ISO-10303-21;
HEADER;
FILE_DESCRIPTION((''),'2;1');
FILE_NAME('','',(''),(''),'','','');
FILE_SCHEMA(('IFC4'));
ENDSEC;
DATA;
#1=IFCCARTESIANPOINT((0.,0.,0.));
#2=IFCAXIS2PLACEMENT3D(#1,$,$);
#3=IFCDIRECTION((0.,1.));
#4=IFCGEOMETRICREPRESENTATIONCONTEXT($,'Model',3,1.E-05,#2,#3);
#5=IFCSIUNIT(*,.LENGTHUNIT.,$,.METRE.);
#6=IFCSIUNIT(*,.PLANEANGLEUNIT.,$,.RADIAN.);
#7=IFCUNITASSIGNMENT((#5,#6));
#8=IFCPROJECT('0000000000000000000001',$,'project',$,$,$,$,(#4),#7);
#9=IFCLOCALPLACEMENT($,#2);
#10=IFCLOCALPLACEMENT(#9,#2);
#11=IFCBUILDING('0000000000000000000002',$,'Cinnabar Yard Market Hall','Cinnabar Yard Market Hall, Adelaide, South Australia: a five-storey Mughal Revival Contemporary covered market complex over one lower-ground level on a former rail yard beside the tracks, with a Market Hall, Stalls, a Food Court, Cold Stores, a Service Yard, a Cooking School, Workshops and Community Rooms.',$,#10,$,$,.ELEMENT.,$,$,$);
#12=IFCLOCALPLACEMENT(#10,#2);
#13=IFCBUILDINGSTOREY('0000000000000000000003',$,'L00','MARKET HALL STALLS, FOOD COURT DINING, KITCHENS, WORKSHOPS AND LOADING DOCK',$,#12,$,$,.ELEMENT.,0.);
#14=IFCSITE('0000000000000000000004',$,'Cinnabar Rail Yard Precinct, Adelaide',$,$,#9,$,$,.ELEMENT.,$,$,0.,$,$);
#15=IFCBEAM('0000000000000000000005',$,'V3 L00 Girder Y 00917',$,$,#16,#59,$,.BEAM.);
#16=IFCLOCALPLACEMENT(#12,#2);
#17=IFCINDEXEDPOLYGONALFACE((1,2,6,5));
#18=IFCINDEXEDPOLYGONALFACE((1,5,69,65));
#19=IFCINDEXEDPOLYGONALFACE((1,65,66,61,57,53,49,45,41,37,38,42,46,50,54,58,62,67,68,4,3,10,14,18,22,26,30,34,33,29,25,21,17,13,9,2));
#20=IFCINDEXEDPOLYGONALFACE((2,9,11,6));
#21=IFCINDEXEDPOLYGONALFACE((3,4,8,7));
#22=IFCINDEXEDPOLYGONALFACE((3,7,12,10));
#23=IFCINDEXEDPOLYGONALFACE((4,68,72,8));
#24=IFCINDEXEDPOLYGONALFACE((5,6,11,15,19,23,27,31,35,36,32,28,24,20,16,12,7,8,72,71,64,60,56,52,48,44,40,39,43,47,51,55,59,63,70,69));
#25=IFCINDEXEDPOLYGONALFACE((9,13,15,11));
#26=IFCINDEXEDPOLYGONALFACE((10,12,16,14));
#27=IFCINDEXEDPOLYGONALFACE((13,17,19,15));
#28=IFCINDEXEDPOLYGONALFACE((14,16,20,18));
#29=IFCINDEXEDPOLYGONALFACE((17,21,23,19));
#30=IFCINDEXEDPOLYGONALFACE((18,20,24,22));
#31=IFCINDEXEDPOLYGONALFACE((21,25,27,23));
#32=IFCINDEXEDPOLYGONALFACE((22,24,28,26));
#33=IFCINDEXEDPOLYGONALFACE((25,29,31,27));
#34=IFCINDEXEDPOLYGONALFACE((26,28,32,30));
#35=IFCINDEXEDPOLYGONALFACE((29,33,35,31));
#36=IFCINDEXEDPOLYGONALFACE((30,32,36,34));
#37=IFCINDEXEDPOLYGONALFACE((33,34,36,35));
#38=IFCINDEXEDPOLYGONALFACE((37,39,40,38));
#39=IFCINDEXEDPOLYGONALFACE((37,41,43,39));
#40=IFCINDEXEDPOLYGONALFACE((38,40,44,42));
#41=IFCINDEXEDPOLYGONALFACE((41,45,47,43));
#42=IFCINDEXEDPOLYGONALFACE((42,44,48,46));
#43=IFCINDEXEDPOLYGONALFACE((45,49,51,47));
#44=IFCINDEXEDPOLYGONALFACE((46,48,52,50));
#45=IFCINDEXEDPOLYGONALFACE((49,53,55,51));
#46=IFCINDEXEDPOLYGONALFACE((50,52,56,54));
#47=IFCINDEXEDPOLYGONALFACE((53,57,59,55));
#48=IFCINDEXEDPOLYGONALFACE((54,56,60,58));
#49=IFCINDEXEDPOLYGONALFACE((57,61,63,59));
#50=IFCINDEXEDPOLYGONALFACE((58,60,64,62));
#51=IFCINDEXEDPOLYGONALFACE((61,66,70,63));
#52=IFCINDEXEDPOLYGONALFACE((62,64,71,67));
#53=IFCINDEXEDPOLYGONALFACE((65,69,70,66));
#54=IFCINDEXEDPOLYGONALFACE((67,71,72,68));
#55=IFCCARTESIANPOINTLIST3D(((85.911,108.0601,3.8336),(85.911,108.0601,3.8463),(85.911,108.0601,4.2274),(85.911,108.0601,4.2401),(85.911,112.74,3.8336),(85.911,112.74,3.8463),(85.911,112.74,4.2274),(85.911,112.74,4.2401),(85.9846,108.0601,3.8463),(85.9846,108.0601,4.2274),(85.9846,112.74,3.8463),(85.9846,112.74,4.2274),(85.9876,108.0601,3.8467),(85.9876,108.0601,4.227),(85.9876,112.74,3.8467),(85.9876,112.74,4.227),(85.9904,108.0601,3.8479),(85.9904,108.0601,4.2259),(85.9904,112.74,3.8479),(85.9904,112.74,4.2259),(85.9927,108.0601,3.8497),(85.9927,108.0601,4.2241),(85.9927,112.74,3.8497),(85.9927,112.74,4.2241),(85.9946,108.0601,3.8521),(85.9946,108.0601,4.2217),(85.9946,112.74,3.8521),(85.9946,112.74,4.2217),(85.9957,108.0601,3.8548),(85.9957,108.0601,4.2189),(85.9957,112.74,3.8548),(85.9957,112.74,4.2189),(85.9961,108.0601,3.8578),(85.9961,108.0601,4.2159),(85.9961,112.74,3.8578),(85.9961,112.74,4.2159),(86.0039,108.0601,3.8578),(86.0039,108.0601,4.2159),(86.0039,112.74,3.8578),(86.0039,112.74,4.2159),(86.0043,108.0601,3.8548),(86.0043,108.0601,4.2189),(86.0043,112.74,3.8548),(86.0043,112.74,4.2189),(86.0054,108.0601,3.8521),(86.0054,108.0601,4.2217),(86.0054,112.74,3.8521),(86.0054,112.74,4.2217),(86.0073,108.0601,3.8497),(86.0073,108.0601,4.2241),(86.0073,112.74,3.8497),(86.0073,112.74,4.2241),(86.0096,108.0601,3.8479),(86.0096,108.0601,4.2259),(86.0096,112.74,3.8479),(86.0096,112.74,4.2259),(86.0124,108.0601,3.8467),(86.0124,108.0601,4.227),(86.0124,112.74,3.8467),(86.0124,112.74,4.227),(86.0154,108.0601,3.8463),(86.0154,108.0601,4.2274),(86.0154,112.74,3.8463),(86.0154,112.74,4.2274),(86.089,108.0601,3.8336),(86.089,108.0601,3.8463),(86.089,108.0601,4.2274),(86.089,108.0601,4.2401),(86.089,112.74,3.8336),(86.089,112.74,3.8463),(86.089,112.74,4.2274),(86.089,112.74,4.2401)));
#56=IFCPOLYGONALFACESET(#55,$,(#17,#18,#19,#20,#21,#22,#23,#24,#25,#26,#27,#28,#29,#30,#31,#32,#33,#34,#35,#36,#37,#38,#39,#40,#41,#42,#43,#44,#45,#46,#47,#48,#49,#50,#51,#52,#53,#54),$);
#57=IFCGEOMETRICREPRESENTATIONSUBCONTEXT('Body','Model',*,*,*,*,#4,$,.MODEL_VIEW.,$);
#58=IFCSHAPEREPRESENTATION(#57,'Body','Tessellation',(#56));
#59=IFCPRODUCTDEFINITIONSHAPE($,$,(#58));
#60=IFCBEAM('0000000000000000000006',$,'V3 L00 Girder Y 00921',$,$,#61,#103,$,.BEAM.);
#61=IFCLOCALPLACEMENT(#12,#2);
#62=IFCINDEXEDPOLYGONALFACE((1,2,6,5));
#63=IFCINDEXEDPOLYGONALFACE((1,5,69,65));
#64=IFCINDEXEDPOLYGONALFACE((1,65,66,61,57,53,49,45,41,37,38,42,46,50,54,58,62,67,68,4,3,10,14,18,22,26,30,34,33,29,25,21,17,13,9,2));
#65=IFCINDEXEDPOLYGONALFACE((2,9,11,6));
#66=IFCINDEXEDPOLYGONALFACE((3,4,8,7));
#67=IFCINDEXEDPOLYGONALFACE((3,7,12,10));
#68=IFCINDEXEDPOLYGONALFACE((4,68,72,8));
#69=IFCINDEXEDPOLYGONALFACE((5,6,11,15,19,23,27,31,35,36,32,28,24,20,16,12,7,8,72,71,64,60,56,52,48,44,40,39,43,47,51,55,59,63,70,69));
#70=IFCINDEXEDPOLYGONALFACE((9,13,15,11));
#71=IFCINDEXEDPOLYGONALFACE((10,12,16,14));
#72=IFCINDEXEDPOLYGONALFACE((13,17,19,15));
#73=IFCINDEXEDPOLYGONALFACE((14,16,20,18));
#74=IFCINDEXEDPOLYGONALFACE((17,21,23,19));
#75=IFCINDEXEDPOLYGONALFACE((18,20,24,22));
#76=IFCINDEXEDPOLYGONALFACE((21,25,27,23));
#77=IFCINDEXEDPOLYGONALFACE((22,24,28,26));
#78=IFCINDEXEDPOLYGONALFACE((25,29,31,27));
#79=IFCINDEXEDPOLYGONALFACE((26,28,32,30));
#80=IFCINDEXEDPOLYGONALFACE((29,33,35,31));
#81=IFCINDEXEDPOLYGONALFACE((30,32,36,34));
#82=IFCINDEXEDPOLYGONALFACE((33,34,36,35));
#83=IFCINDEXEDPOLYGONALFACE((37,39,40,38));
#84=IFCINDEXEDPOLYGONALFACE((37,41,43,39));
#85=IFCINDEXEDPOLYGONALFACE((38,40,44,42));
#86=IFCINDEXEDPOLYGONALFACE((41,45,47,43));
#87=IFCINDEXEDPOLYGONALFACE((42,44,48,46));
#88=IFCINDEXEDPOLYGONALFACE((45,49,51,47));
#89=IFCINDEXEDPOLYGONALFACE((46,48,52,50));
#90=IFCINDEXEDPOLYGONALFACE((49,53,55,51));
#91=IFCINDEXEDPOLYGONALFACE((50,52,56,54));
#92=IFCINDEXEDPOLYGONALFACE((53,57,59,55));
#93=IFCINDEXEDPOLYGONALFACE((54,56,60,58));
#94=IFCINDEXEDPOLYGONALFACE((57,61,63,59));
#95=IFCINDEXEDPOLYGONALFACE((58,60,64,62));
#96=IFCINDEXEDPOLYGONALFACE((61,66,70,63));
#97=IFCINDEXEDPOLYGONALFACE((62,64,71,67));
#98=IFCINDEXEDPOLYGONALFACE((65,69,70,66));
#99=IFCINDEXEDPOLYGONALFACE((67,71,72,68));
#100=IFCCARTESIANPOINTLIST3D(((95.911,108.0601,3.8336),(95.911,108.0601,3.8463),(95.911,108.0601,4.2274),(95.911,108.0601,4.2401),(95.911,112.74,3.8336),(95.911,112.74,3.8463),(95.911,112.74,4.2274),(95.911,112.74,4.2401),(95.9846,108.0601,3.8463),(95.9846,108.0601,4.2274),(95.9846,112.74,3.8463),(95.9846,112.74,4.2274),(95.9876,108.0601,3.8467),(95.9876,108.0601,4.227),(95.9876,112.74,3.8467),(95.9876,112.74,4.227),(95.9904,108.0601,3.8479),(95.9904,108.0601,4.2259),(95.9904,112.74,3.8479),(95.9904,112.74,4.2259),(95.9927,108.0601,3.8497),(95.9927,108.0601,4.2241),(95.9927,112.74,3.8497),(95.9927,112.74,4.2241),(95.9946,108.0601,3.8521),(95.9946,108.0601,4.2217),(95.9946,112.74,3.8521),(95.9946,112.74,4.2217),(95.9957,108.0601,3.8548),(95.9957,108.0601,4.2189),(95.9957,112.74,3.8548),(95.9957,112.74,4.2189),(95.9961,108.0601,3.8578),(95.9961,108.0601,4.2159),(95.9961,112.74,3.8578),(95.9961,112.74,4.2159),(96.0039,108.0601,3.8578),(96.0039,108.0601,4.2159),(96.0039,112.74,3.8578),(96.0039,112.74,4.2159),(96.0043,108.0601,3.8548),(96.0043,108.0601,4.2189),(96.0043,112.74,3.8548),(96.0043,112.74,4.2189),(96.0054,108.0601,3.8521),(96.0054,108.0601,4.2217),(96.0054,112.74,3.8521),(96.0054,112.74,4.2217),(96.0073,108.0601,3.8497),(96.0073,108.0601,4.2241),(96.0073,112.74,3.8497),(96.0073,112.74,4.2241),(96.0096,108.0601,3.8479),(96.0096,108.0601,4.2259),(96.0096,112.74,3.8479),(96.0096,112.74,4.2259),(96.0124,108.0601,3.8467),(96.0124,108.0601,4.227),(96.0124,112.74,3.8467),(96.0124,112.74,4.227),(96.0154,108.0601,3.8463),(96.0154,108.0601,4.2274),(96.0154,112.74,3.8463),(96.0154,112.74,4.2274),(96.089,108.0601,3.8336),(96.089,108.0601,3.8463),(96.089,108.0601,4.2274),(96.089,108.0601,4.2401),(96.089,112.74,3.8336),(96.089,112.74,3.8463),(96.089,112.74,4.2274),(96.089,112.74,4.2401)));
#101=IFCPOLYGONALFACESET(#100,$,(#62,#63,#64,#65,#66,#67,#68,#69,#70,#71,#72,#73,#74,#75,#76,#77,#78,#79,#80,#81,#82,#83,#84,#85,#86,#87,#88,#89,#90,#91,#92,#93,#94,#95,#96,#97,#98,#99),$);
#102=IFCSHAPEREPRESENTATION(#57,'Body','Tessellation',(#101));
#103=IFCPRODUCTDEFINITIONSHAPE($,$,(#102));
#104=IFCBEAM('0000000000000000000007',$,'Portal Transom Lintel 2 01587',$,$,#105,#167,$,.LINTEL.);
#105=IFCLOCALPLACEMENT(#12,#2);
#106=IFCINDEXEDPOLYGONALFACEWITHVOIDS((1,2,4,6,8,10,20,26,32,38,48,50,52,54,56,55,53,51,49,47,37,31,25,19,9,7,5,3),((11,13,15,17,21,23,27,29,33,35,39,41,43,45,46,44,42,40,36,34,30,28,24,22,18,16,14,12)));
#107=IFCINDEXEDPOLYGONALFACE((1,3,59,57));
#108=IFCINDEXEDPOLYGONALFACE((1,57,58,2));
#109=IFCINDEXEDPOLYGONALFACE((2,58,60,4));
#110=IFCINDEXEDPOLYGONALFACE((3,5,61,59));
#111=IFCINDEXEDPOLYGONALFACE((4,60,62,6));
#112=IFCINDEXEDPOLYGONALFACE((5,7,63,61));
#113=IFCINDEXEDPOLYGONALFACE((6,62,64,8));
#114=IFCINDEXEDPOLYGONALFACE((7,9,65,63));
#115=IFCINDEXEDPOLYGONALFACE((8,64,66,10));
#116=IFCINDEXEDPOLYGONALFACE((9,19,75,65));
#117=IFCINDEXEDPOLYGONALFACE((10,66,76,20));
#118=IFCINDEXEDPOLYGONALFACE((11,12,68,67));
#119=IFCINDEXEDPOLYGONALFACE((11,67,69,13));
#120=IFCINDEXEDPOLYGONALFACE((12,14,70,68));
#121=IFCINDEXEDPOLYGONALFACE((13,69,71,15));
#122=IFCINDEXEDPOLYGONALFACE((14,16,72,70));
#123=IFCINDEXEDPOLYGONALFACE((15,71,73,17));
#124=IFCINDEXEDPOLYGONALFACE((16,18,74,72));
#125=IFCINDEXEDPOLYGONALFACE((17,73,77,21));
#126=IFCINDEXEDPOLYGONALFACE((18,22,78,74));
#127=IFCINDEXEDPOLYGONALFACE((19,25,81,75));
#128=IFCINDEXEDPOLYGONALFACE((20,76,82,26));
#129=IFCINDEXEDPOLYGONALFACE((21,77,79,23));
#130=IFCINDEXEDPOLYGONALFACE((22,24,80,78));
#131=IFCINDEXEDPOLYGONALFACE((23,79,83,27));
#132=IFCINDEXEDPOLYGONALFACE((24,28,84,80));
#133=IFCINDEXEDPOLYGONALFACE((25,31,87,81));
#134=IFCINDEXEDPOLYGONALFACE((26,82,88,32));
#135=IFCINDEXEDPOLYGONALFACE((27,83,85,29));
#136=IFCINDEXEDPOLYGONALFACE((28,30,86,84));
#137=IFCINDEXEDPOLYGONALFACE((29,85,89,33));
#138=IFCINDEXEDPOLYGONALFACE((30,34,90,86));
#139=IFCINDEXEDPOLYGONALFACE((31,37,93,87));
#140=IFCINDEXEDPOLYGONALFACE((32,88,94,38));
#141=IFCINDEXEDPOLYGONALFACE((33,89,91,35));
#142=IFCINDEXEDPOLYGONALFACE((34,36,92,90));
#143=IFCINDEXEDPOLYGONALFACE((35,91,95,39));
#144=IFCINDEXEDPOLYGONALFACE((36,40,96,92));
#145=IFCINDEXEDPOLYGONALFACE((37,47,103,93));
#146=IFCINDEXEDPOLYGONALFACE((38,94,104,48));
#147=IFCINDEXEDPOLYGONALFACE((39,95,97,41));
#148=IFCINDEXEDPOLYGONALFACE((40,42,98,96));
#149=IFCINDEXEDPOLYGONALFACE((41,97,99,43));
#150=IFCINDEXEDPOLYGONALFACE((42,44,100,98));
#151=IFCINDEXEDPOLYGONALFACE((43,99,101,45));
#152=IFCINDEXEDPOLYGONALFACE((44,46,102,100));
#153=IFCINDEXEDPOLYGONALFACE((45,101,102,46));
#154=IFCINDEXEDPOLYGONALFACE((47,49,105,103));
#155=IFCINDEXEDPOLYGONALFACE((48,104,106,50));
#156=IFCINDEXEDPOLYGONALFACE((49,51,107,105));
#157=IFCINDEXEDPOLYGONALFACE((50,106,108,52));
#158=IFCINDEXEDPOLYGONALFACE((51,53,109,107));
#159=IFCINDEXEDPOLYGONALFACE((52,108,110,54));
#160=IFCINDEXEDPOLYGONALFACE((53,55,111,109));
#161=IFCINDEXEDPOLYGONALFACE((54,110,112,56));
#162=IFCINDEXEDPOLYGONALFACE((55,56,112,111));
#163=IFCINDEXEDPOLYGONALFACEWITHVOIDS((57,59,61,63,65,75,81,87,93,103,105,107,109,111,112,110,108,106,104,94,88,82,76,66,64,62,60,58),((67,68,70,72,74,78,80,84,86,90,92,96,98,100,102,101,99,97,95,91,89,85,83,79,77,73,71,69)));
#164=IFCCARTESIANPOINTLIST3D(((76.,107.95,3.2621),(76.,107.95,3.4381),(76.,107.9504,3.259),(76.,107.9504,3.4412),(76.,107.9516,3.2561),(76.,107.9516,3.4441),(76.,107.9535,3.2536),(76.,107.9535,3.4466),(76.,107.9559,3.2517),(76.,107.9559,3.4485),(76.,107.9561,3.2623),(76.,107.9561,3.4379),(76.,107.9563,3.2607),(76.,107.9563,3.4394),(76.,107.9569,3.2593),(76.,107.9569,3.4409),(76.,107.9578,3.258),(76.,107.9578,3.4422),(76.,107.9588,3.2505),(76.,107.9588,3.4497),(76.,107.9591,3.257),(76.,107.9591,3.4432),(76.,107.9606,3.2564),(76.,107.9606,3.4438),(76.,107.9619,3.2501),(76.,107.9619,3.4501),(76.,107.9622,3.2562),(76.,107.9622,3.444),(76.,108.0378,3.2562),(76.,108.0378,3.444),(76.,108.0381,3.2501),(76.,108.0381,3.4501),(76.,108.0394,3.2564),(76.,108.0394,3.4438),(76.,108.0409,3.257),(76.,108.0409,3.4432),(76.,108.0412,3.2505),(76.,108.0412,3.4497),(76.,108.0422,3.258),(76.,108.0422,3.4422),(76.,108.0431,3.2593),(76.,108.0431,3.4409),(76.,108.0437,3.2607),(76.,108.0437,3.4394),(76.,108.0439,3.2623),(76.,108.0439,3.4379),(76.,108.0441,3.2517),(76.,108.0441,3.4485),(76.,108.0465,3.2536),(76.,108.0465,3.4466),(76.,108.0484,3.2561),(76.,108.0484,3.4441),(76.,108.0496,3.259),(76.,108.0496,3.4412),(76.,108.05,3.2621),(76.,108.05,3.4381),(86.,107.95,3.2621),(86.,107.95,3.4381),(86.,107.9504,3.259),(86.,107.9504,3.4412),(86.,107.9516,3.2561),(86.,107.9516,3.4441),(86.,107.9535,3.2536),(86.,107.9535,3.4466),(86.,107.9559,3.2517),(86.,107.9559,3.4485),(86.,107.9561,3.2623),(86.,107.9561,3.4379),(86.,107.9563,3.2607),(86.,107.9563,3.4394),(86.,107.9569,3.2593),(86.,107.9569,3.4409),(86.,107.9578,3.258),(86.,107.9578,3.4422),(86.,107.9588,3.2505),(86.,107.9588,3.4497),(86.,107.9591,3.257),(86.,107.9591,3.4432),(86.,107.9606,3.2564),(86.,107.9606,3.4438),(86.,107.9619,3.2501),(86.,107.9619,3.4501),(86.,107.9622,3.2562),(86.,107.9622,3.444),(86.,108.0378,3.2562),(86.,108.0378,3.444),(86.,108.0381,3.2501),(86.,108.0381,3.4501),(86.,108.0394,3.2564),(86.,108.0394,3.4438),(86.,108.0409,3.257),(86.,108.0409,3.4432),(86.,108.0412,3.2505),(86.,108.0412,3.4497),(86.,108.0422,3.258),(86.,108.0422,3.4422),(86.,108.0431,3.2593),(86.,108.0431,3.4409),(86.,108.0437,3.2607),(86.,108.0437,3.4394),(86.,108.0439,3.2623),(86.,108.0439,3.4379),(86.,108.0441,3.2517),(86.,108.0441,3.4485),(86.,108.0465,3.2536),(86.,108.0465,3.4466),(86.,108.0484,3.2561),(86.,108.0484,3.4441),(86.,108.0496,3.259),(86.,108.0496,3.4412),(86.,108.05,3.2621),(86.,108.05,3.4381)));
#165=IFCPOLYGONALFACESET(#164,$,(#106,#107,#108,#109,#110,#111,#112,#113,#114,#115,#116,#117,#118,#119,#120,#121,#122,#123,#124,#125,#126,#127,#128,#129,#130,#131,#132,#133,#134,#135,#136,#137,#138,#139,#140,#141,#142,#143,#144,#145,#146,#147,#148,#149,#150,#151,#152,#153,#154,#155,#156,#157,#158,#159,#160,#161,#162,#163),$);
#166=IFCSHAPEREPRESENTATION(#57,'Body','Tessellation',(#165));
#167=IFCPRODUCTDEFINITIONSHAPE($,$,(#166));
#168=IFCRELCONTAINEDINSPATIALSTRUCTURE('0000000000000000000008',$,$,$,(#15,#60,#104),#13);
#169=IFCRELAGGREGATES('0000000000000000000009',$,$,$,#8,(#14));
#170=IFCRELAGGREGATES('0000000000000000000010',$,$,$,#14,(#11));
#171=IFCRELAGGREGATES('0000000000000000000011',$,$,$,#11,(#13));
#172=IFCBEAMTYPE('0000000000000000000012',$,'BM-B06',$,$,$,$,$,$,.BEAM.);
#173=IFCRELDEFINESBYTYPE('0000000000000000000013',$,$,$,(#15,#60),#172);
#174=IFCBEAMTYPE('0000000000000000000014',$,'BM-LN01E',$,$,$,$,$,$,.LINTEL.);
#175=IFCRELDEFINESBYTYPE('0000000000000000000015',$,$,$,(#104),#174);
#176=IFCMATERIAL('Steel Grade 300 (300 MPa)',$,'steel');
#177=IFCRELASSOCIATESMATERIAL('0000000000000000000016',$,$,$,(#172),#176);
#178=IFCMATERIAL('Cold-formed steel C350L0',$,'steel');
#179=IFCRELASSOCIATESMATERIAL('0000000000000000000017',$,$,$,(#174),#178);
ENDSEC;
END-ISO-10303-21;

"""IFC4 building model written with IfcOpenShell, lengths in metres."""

from ifc_helpers import new_model, si_unit, direction, frame, origin, origin_2d_with_axis, place, context, subcontext, project, spatial, hollow_rectangle, i_section, extrude, material, material_profile, profile_set, type_object, element, save


model = new_model("IFC4")

# Units and contexts
model_context = context("Model", 3, precision=1e-05, world=origin(), true_north=direction((0.0, 1.0)))
body_context = subcontext(model_context, "Body", "Model", "MODEL_VIEW")
ifc_project = project(units=[si_unit("LENGTHUNIT", "METRE"), si_unit("PLANEANGLEUNIT", "RADIAN")], contexts=[model_context])

# Site, building, storey
site_placement = place(None, origin())
site = spatial("IfcSite", under=ifc_project, at=site_placement, Name="Cinnabar Rail Yard Precinct, Adelaide", CompositionType="ELEMENT", RefElevation=0.0)
building_placement = place(site_placement, origin())
building = spatial("IfcBuilding", under=site, at=building_placement, Name="Cinnabar Yard Market Hall", Description="Cinnabar Yard Market Hall, Adelaide, South Australia: a five-storey Mughal Revival Contemporary covered market complex over one lower-ground level on a former rail yard beside the tracks, with a Market Hall, Stalls, a Food Court, Cold Stores, a Service Yard, a Cooking School, Workshops and Community Rooms.", CompositionType="ELEMENT")
storey_placement = place(building_placement, origin())
storey = spatial("IfcBuildingStorey", under=building, at=storey_placement, Name="L00", Description="MARKET HALL STALLS, FOOD COURT DINING, KITCHENS, WORKSHOPS AND LOADING DOCK", CompositionType="ELEMENT", Elevation=0.0)

# Shared definitions
ifc_material_1 = material(Name="Steel Grade 300 (300 MPa)", Category="steel")

# Beams
ifc_material_profile_1 = material_profile(ifc_material_1, i_section(OverallWidth=0.178, OverallDepth=0.4065, WebThickness=0.0078, FlangeThickness=0.0127, FilletRadius=0.0115, at=origin_2d_with_axis()), Name="410UB59.7")
ifc_profile_set_1 = profile_set([ifc_material_profile_1], Name="Steel Grade 300 (300 MPa)")
beam_type_1 = type_object("IfcBeamType", Name="BM-B06", PredefinedType="BEAM", material=ifc_profile_set_1)
for number, where, z_axis, x_axis, name in (
    (1, (86.0, 108.0601, 4.0369), (0.0, 1.0, 0.0), (-1.0, 0.0, 0.0), "V3 L00 Girder Y 00917"),
    (2, (96.0, 108.0601, 4.0369), (0.0, 1.0, 0.0), (-1.0, 0.0, 0.0), "V3 L00 Girder Y 00921"),
):
    element("IfcBeam", number, at=place(storey_placement, frame(where, z_axis=z_axis, x_axis=x_axis)), inside=storey, type_object=beam_type_1, Name=name, PredefinedType="BEAM", context=body_context, shape_type="SweptSolid", body=[
        extrude(i_section(OverallWidth=0.178, OverallDepth=0.4065, WebThickness=0.0078, FlangeThickness=0.0127, FilletRadius=0.0115, at=origin_2d_with_axis()), origin(), (0.0, 0.0, 1.0), 4.6799),
    ])
ifc_material_2 = material(Name="Cold-formed steel C350L0", Category="steel")
ifc_material_profile_2 = material_profile(ifc_material_2, hollow_rectangle(XDim=0.1001, YDim=0.2, WallThickness=0.0061, InnerFilletRadius=0.0061, OuterFilletRadius=0.012, at=origin_2d_with_axis()), Name="200x100x6.0RHS")
ifc_profile_set_2 = profile_set([ifc_material_profile_2], Name="Cold-formed steel C350L0")
beam_type_2 = type_object("IfcBeamType", Name="BM-LN01E", PredefinedType="LINTEL", material=ifc_profile_set_2)
for number, where, z_axis, x_axis, name in (
    (3, (76.0, 108.0, 3.3501), (1.0, 0.0, 0.0), (0.0, 1.0, 0.0), "Portal Transom Lintel 2 01587"),
):
    element("IfcBeam", number, at=place(storey_placement, frame(where, z_axis=z_axis, x_axis=x_axis)), inside=storey, type_object=beam_type_2, Name=name, PredefinedType="LINTEL", context=body_context, shape_type="SweptSolid", body=[
        extrude(hollow_rectangle(XDim=0.1001, YDim=0.2, WallThickness=0.0061, InnerFilletRadius=0.0061, OuterFilletRadius=0.012, at=origin_2d_with_axis()), origin(), (0.0, 0.0, 1.0), 10.0),
    ])

save(model, "model.ifc")
